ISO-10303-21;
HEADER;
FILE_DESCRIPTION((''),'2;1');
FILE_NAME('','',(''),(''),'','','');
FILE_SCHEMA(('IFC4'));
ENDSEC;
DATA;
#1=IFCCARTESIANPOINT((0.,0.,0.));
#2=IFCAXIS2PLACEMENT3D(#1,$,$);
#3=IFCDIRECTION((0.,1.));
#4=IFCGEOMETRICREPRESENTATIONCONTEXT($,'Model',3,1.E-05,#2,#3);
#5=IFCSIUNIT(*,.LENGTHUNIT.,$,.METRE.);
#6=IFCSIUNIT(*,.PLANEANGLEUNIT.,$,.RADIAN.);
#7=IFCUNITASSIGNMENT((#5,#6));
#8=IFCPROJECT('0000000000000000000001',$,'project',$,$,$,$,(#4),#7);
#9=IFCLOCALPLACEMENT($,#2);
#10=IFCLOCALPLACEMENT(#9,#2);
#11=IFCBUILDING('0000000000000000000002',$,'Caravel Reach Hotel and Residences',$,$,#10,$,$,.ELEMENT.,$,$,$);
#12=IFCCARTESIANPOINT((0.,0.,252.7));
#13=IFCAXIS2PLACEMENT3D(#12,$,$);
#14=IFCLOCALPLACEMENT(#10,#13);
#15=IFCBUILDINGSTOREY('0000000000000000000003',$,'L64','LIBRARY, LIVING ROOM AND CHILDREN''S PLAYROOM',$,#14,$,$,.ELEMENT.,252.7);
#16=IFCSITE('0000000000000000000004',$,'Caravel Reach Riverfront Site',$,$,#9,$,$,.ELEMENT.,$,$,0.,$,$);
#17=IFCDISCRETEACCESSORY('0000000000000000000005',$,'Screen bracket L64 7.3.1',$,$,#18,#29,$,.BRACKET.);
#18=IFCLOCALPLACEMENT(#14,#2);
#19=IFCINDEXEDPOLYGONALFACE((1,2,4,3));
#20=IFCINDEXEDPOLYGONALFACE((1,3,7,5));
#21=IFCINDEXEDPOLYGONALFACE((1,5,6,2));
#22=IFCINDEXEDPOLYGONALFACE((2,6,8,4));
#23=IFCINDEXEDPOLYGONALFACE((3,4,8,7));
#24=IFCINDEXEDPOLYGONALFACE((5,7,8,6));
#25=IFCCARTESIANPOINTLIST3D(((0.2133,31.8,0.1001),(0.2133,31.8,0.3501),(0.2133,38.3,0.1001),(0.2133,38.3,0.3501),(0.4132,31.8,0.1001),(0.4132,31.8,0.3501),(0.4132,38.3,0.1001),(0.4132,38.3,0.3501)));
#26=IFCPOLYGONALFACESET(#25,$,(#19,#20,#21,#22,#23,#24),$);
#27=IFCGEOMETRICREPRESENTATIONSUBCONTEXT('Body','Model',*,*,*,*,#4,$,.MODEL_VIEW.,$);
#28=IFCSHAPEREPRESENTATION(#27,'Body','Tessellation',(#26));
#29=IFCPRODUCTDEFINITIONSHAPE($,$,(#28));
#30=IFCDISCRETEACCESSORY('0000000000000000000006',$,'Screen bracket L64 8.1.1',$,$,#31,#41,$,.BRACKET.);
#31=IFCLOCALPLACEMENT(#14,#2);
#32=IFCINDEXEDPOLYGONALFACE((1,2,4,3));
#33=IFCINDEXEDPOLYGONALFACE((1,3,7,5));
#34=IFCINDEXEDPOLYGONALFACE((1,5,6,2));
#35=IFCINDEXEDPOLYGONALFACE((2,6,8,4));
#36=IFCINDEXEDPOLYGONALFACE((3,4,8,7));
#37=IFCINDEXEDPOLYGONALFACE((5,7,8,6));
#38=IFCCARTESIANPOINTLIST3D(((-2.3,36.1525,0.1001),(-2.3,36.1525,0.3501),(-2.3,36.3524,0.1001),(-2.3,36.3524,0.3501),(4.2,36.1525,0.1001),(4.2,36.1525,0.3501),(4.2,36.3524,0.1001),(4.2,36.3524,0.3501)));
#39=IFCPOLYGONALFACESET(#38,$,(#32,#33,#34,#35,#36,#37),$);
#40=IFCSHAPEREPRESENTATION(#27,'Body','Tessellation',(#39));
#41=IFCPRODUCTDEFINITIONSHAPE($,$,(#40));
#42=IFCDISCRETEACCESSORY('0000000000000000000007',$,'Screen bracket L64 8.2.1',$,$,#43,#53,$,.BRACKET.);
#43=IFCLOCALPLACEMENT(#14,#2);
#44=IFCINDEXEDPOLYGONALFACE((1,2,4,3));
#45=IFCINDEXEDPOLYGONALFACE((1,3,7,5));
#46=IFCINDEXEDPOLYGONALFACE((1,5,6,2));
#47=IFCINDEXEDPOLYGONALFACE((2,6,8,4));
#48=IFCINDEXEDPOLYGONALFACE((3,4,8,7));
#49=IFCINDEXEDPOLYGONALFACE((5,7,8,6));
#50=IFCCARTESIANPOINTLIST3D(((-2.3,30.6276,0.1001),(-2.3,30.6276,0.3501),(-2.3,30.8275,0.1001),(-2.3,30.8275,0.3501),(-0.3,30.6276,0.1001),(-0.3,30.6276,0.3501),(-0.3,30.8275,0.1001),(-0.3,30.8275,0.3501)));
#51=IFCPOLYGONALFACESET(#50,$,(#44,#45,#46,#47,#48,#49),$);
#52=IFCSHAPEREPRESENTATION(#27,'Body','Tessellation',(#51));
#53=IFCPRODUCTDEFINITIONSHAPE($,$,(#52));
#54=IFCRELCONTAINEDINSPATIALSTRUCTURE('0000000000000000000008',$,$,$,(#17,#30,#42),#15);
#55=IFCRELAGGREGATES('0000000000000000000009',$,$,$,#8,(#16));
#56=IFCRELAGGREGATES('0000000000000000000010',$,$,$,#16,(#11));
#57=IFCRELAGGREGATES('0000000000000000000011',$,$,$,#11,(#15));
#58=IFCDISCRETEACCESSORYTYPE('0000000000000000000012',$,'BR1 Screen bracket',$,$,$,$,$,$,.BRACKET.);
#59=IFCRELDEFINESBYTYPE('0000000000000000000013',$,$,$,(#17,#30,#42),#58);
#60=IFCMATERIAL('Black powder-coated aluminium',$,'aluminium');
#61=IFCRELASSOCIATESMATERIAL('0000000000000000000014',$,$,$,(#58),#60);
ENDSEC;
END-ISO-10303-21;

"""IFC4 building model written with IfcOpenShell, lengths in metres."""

from ifc_helpers import new_model, si_unit, direction, frame, origin, origin_2d, place, context, subcontext, project, spatial, rectangle, extrude, material, type_object, element, save


model = new_model("IFC4")

# Units and contexts
model_context = context("Model", 3, precision=1e-05, world=origin(), true_north=direction((0.0, 1.0)))
body_context = subcontext(model_context, "Body", "Model", "MODEL_VIEW")
ifc_project = project(units=[si_unit("LENGTHUNIT", "METRE"), si_unit("PLANEANGLEUNIT", "RADIAN")], contexts=[model_context])

# Site, building, storey
site_placement = place(None, origin())
site = spatial("IfcSite", under=ifc_project, at=site_placement, Name="Caravel Reach Riverfront Site", CompositionType="ELEMENT", RefElevation=0.0)
building_placement = place(site_placement, origin())
building = spatial("IfcBuilding", under=site, at=building_placement, Name="Caravel Reach Hotel and Residences", CompositionType="ELEMENT")
storey_placement = place(building_placement, frame((0.0, 0.0, 252.7)))
storey = spatial("IfcBuildingStorey", under=building, at=storey_placement, Name="L64", Description="LIBRARY, LIVING ROOM AND CHILDREN'S PLAYROOM", CompositionType="ELEMENT", Elevation=252.7)

# Discrete accessories
ifc_material_1 = material(Name="Black powder-coated aluminium", Category="aluminium")
discrete_accessory_type = type_object("IfcDiscreteAccessoryType", Name="BR1 Screen bracket", PredefinedType="BRACKET", material=ifc_material_1)
for number, where, z_axis, x_axis, name in (
    (1, (0.3132, 35.05, 0.1001), (0.0, 0.0, 1.0), (0.0, 1.0, 0.0), "Screen bracket L64 7.3.1"),
    (2, (0.95, 36.2524, 0.1001), (0.0, 0.0, 1.0), (-1.0, 0.0, 0.0), "Screen bracket L64 8.1.1"),
):
    element("IfcDiscreteAccessory", number, at=place(storey_placement, frame(where, z_axis=z_axis, x_axis=x_axis)), inside=storey, type_object=discrete_accessory_type, Name=name, PredefinedType="BRACKET", context=body_context, shape_type="SweptSolid", body=[
        extrude(rectangle(XDim=6.5, YDim=0.2, at=origin_2d()), origin(), (0.0, 0.0, 1.0), 0.25),
    ])
discrete_accessory_placement = place(storey_placement, frame((-1.3, 30.7275, 0.1001), z_axis=(0.0, 0.0, 1.0), x_axis=(-1.0, 0.0, 0.0)))
element("IfcDiscreteAccessory", 3, at=discrete_accessory_placement, inside=storey, type_object=discrete_accessory_type, Name="Screen bracket L64 8.2.1", PredefinedType="BRACKET", context=body_context, shape_type="SweptSolid", body=[
    extrude(rectangle(XDim=2.0, YDim=0.2, at=origin_2d()), origin(), (0.0, 0.0, 1.0), 0.25),
])

save(model, "model.ifc")
